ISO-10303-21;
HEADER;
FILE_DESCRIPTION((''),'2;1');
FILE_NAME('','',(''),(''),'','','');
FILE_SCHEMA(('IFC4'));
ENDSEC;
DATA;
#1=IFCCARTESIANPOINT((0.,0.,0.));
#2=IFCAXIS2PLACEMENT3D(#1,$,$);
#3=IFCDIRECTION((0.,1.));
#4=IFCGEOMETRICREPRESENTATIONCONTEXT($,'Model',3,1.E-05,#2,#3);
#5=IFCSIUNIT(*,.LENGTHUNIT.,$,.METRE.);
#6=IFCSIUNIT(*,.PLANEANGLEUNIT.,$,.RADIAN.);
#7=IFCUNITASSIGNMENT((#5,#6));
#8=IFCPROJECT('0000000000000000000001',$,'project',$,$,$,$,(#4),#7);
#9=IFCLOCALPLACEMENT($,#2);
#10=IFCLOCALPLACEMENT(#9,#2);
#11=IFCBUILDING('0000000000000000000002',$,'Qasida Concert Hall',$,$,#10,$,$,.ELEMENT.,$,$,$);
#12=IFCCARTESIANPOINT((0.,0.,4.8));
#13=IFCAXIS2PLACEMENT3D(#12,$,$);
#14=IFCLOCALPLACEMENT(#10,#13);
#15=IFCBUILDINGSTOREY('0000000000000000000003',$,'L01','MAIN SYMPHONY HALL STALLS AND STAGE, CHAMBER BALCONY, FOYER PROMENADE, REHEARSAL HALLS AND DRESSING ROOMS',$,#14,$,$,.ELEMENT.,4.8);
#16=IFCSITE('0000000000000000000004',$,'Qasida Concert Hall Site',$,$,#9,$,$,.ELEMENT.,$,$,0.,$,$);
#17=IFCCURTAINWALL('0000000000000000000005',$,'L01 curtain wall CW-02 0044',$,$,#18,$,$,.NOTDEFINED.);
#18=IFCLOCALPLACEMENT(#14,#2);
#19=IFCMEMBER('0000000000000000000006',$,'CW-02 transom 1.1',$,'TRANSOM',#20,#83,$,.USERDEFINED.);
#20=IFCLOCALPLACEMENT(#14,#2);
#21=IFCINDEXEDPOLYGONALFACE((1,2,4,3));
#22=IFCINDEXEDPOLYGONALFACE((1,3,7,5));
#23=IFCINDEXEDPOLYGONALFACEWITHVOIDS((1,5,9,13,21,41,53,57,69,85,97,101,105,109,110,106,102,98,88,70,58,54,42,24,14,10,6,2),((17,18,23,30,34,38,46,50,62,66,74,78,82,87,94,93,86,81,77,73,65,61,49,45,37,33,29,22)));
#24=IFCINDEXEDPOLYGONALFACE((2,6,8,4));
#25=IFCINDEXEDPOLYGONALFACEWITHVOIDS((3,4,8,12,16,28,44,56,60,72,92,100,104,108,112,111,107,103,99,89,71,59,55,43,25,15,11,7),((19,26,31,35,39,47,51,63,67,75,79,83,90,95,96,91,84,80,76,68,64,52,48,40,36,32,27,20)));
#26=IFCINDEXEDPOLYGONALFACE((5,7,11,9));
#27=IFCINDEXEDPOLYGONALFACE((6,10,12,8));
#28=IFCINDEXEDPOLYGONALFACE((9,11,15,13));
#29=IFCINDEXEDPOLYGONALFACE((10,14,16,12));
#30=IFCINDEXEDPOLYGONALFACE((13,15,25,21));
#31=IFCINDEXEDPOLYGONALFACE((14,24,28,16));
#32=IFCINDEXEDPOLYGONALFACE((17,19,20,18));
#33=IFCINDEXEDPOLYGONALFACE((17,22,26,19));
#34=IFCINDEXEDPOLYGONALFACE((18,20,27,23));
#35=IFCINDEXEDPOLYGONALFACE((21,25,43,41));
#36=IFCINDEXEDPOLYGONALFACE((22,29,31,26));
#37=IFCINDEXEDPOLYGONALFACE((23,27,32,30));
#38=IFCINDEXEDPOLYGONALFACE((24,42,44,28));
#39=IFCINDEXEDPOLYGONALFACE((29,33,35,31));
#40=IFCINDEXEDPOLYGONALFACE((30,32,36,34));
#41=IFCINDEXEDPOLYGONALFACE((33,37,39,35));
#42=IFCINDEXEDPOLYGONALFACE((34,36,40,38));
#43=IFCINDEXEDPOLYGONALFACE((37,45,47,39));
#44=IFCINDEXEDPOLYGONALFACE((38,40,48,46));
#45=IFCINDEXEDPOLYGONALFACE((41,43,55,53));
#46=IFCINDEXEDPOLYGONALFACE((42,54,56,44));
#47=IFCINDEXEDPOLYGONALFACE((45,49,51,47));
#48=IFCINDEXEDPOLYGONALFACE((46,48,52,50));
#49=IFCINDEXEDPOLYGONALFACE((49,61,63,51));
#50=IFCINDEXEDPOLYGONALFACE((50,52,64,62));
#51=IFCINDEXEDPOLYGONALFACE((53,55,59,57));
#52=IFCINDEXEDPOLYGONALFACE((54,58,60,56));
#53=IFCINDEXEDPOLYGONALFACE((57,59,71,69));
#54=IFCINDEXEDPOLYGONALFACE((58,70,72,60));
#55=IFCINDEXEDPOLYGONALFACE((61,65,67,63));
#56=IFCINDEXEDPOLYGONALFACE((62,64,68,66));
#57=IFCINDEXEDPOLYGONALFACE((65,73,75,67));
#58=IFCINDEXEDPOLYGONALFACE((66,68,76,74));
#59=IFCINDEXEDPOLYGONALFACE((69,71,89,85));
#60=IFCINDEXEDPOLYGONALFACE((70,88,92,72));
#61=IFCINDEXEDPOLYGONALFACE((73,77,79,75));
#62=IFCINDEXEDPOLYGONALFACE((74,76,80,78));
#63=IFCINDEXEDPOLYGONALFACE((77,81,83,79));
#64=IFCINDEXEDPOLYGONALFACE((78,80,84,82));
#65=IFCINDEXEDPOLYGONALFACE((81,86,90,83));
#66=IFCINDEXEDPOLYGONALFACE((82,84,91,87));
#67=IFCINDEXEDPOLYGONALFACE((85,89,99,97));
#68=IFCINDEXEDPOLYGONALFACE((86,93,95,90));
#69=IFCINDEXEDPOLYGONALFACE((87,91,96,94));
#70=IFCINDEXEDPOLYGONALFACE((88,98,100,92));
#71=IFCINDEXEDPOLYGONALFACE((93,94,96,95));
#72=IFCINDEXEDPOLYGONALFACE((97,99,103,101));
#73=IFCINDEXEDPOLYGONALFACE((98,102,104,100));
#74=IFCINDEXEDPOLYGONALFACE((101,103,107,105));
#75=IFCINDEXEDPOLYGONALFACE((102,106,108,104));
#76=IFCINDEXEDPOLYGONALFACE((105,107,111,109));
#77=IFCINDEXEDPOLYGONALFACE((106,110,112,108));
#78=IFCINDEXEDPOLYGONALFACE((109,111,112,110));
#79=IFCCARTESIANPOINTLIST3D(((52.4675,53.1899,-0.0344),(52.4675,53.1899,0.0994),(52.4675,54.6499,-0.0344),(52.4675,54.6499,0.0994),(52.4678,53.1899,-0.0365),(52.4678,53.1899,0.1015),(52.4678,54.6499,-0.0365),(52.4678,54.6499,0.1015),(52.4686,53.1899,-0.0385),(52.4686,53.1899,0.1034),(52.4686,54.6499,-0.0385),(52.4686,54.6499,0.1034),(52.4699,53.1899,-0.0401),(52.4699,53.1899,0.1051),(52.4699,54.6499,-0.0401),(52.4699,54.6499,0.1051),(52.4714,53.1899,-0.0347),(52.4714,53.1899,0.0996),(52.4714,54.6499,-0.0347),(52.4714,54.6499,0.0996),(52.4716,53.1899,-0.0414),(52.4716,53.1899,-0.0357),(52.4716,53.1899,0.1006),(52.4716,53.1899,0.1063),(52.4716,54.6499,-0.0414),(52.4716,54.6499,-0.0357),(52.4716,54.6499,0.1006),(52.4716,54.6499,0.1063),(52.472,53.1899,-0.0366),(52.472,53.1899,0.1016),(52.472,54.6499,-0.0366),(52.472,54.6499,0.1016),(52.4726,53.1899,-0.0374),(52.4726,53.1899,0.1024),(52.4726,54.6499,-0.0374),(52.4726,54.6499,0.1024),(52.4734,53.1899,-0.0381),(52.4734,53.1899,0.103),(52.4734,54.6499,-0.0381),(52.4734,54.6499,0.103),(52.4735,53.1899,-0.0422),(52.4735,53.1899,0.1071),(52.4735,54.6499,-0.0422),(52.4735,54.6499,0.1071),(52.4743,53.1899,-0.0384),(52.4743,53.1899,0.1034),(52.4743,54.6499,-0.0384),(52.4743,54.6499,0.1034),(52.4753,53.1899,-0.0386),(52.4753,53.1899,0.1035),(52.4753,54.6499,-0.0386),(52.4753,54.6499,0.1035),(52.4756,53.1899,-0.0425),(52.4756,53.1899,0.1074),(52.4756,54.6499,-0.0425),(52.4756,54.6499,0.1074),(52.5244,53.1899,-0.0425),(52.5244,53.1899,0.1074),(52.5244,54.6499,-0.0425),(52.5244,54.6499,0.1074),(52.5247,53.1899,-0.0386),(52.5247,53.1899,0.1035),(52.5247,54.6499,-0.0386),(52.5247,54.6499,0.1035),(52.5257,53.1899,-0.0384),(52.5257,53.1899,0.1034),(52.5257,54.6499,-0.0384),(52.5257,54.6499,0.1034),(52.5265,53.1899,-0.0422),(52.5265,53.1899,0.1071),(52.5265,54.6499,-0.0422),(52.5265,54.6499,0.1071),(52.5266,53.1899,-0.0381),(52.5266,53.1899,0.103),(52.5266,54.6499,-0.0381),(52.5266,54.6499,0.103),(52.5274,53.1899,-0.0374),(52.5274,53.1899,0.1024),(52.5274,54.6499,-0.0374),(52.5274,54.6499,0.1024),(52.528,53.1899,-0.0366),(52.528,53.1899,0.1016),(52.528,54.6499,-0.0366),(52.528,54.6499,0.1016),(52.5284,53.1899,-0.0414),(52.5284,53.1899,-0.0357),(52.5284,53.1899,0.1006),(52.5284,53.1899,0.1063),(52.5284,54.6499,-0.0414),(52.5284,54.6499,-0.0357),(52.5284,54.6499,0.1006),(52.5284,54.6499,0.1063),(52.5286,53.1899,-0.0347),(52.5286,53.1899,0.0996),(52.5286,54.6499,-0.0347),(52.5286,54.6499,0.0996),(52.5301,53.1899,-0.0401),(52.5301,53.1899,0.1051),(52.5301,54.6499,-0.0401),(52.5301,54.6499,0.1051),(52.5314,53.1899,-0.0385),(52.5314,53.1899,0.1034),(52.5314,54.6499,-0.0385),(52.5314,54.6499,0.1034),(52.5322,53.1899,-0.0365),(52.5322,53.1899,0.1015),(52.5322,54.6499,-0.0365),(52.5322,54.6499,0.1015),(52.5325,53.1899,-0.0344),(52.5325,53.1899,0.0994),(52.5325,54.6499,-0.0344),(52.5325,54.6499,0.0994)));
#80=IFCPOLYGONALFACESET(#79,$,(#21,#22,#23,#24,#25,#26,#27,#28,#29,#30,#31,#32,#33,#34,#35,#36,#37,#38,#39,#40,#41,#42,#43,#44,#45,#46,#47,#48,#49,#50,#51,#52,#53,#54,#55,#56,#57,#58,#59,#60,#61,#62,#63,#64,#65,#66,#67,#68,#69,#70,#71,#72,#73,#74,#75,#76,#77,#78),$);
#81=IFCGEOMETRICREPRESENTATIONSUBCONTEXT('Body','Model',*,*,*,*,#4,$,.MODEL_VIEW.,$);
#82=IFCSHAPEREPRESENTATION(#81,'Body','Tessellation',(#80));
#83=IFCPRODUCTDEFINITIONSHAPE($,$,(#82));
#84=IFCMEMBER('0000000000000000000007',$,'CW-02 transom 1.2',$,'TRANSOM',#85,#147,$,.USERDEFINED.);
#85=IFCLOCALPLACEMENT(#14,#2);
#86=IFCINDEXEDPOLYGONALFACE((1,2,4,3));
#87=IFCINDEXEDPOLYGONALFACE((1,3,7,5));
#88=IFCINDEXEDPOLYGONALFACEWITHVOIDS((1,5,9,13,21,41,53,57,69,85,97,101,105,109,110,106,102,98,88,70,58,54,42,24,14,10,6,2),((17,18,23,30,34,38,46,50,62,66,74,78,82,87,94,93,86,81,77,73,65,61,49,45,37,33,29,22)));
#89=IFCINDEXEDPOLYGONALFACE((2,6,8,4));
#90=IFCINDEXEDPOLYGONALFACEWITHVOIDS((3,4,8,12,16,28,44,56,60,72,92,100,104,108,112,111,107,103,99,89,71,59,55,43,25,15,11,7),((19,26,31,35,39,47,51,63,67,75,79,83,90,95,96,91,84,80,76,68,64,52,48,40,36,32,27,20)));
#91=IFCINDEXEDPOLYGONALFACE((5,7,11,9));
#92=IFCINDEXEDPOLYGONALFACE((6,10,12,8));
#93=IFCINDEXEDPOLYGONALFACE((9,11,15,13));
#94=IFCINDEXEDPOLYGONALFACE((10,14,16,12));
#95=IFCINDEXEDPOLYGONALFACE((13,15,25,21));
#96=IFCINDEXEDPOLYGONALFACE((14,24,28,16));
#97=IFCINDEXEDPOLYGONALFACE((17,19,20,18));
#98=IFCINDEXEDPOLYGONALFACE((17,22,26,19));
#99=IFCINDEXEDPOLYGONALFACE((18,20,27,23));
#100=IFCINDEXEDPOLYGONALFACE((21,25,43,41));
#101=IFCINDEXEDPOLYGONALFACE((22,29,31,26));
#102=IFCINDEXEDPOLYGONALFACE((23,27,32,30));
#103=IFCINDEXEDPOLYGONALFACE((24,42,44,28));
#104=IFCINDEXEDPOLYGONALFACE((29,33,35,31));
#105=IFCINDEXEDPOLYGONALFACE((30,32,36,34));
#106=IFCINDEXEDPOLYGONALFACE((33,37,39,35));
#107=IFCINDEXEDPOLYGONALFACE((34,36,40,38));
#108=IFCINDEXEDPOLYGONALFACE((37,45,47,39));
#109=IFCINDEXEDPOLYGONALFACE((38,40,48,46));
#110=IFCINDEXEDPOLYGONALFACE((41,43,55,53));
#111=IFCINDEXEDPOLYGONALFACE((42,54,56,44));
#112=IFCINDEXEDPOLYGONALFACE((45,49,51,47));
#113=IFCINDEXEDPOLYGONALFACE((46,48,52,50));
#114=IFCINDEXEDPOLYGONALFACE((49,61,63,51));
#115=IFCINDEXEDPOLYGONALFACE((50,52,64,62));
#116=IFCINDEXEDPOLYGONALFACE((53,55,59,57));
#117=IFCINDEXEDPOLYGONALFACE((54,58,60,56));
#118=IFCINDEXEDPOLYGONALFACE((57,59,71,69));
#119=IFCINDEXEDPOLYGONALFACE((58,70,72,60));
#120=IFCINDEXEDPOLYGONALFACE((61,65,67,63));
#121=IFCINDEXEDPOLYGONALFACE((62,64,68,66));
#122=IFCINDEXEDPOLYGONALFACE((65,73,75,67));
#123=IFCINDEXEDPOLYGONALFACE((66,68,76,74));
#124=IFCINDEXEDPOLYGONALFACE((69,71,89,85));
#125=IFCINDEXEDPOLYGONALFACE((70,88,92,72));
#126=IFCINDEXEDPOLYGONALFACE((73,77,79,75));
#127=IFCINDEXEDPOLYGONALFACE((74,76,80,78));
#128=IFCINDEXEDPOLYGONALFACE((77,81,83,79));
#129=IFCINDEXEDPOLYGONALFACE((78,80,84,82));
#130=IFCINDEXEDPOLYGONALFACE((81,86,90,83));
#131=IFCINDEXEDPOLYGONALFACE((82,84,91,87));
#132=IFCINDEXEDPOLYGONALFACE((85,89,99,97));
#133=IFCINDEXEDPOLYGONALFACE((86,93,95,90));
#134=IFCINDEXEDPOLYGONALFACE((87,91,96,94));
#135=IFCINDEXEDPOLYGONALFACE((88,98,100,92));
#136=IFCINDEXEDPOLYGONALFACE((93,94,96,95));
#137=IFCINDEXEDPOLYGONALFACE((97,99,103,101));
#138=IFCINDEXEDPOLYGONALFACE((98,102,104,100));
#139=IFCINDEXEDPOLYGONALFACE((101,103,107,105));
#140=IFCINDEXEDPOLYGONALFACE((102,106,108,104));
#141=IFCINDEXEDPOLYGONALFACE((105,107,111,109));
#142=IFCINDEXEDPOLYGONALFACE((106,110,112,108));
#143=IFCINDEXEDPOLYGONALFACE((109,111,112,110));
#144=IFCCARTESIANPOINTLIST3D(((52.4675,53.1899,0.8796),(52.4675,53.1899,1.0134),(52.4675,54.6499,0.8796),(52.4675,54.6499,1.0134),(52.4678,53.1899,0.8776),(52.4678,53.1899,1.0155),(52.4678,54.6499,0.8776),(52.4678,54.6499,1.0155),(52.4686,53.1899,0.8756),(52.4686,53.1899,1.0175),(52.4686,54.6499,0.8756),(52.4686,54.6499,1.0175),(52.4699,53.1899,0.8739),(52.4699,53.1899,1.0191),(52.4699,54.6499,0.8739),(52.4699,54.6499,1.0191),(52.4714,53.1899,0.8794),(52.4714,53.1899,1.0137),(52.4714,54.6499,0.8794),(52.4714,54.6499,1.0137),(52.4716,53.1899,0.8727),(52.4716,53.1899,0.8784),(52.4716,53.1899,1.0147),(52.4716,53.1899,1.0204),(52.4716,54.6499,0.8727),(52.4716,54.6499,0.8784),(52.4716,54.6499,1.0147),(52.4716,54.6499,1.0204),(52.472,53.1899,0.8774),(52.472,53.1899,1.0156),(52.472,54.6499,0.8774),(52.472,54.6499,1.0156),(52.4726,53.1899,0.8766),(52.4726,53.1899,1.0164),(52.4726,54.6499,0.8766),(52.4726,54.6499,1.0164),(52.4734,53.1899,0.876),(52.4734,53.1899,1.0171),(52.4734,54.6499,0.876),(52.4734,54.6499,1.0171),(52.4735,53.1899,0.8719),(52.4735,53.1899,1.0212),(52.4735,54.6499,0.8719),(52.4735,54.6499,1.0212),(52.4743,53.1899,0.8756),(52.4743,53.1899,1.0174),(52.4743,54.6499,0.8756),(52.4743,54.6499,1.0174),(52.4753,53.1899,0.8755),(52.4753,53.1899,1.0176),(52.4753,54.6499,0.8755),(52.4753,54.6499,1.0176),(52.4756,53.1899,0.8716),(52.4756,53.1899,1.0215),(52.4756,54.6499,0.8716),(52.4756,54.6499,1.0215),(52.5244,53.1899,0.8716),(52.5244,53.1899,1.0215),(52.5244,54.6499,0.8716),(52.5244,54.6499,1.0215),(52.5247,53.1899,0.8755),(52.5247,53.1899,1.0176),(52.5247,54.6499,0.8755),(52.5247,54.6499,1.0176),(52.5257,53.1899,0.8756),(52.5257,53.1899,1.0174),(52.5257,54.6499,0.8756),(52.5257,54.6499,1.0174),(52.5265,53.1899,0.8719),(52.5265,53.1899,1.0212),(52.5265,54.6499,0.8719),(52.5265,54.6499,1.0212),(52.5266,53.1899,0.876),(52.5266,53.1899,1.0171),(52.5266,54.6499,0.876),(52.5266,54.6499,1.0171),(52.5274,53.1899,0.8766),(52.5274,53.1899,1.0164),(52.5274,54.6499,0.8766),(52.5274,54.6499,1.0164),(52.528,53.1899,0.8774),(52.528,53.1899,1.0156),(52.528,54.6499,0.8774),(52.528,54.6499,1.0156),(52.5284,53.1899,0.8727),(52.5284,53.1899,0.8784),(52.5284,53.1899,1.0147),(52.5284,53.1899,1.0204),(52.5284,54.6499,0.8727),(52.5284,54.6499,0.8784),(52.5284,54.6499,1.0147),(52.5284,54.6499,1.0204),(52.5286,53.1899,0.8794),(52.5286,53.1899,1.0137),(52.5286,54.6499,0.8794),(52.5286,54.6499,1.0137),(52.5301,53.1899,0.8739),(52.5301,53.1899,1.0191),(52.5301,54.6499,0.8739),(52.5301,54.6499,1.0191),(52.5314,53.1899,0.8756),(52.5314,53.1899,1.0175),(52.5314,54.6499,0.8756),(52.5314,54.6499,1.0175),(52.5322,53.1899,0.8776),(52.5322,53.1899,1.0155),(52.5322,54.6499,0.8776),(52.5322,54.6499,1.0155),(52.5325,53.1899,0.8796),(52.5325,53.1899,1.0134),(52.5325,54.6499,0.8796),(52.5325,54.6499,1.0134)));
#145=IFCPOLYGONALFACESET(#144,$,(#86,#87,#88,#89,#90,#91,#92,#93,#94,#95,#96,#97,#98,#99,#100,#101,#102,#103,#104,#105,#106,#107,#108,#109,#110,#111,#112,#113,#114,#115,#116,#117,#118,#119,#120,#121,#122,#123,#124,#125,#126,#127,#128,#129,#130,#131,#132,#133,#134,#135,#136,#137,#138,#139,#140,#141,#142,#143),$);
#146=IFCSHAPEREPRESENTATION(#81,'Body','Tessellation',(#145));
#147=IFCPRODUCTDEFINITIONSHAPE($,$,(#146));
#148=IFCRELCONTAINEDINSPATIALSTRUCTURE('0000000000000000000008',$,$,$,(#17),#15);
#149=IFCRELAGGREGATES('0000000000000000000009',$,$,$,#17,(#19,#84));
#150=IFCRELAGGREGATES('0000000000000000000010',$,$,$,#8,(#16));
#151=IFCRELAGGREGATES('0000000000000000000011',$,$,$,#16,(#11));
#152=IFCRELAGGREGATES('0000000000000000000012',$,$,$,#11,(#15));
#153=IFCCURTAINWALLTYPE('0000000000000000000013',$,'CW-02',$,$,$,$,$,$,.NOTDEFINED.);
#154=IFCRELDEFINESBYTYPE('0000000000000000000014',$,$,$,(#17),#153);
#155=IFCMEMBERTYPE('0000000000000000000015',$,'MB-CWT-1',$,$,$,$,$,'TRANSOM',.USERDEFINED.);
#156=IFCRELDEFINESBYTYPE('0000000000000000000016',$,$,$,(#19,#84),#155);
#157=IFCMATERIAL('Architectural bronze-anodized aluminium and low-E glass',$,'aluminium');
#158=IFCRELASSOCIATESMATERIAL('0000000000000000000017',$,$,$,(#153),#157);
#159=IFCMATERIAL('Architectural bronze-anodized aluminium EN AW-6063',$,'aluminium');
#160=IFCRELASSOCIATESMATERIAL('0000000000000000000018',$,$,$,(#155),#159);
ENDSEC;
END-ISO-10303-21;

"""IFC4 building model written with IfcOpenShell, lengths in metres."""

from ifc_helpers import new_model, si_unit, direction, frame, origin, origin_2d, place, context, subcontext, project, spatial, hollow_rectangle, extrude, material, material_profile, profile_set, type_object, element, aggregate, save


model = new_model("IFC4")

# Units and contexts
model_context = context("Model", 3, precision=1e-05, world=origin(), true_north=direction((0.0, 1.0)))
body_context = subcontext(model_context, "Body", "Model", "MODEL_VIEW")
ifc_project = project(units=[si_unit("LENGTHUNIT", "METRE"), si_unit("PLANEANGLEUNIT", "RADIAN")], contexts=[model_context])

# Site, building, storey
site_placement = place(None, origin())
site = spatial("IfcSite", under=ifc_project, at=site_placement, Name="Qasida Concert Hall Site", CompositionType="ELEMENT", RefElevation=0.0)
building_placement = place(site_placement, origin())
building = spatial("IfcBuilding", under=site, at=building_placement, Name="Qasida Concert Hall", CompositionType="ELEMENT")
storey_placement = place(building_placement, frame((0.0, 0.0, 4.8)))
storey = spatial("IfcBuildingStorey", under=building, at=storey_placement, Name="L01", Description="MAIN SYMPHONY HALL STALLS AND STAGE, CHAMBER BALCONY, FOYER PROMENADE, REHEARSAL HALLS AND DRESSING ROOMS", CompositionType="ELEMENT", Elevation=4.8)

# Curtain wall
ifc_material_1 = material(Name="Architectural bronze-anodized aluminium and low-E glass", Category="aluminium")
curtain_wall_type_1 = type_object("IfcCurtainWallType", Name="CW-02", PredefinedType="NOTDEFINED", material=ifc_material_1)
curtain_wall_1_placement = place(storey_placement, origin())
curtain_wall_1 = element("IfcCurtainWall", 1, at=curtain_wall_1_placement, inside=storey, type_object=curtain_wall_type_1, Name="L01 curtain wall CW-02 0044", PredefinedType="NOTDEFINED")
ifc_material_2 = material(Name="Architectural bronze-anodized aluminium EN AW-6063", Category="aluminium")

# Members
ifc_material_profile_1 = material_profile(ifc_material_2, hollow_rectangle(XDim=0.0649, YDim=0.1499, WallThickness=0.0039, InnerFilletRadius=0.0039, OuterFilletRadius=0.0081, at=origin_2d()), Name="CWT 150x65x4")
ifc_profile_set_1 = profile_set([ifc_material_profile_1], Name="Architectural bronze-anodized aluminium EN AW-6063")
member_type_1 = type_object("IfcMemberType", Name="MB-CWT-1", ElementType="TRANSOM", PredefinedType="USERDEFINED", material=ifc_profile_set_1)
member_1_placement = place(storey_placement, frame((52.5, 53.1899, 0.0325), z_axis=(0.0, 1.0, 0.0), x_axis=(-1.0, 0.0, 0.0)))
member_1 = element("IfcMember", 2, at=member_1_placement, type_object=member_type_1, Name="CW-02 transom 1.1", ObjectType="TRANSOM", PredefinedType="USERDEFINED", context=body_context, shape_type="SweptSolid", body=[
    extrude(hollow_rectangle(XDim=0.0649, YDim=0.1499, WallThickness=0.0039, InnerFilletRadius=0.0039, OuterFilletRadius=0.0081, at=origin_2d()), origin(), (0.0, 0.0, 1.0), 1.46),
])
member_2_placement = place(storey_placement, frame((52.5, 53.1899, 0.9465), z_axis=(0.0, 1.0, 0.0), x_axis=(-1.0, 0.0, 0.0)))
member_2 = element("IfcMember", 3, at=member_2_placement, type_object=member_type_1, Name="CW-02 transom 1.2", ObjectType="TRANSOM", PredefinedType="USERDEFINED", context=body_context, shape_type="SweptSolid", body=[
    extrude(hollow_rectangle(XDim=0.0649, YDim=0.1499, WallThickness=0.0039, InnerFilletRadius=0.0039, OuterFilletRadius=0.0081, at=origin_2d()), origin(), (0.0, 0.0, 1.0), 1.46),
])
aggregate(curtain_wall_1, [member_1, member_2])

save(model, "model.ifc")
